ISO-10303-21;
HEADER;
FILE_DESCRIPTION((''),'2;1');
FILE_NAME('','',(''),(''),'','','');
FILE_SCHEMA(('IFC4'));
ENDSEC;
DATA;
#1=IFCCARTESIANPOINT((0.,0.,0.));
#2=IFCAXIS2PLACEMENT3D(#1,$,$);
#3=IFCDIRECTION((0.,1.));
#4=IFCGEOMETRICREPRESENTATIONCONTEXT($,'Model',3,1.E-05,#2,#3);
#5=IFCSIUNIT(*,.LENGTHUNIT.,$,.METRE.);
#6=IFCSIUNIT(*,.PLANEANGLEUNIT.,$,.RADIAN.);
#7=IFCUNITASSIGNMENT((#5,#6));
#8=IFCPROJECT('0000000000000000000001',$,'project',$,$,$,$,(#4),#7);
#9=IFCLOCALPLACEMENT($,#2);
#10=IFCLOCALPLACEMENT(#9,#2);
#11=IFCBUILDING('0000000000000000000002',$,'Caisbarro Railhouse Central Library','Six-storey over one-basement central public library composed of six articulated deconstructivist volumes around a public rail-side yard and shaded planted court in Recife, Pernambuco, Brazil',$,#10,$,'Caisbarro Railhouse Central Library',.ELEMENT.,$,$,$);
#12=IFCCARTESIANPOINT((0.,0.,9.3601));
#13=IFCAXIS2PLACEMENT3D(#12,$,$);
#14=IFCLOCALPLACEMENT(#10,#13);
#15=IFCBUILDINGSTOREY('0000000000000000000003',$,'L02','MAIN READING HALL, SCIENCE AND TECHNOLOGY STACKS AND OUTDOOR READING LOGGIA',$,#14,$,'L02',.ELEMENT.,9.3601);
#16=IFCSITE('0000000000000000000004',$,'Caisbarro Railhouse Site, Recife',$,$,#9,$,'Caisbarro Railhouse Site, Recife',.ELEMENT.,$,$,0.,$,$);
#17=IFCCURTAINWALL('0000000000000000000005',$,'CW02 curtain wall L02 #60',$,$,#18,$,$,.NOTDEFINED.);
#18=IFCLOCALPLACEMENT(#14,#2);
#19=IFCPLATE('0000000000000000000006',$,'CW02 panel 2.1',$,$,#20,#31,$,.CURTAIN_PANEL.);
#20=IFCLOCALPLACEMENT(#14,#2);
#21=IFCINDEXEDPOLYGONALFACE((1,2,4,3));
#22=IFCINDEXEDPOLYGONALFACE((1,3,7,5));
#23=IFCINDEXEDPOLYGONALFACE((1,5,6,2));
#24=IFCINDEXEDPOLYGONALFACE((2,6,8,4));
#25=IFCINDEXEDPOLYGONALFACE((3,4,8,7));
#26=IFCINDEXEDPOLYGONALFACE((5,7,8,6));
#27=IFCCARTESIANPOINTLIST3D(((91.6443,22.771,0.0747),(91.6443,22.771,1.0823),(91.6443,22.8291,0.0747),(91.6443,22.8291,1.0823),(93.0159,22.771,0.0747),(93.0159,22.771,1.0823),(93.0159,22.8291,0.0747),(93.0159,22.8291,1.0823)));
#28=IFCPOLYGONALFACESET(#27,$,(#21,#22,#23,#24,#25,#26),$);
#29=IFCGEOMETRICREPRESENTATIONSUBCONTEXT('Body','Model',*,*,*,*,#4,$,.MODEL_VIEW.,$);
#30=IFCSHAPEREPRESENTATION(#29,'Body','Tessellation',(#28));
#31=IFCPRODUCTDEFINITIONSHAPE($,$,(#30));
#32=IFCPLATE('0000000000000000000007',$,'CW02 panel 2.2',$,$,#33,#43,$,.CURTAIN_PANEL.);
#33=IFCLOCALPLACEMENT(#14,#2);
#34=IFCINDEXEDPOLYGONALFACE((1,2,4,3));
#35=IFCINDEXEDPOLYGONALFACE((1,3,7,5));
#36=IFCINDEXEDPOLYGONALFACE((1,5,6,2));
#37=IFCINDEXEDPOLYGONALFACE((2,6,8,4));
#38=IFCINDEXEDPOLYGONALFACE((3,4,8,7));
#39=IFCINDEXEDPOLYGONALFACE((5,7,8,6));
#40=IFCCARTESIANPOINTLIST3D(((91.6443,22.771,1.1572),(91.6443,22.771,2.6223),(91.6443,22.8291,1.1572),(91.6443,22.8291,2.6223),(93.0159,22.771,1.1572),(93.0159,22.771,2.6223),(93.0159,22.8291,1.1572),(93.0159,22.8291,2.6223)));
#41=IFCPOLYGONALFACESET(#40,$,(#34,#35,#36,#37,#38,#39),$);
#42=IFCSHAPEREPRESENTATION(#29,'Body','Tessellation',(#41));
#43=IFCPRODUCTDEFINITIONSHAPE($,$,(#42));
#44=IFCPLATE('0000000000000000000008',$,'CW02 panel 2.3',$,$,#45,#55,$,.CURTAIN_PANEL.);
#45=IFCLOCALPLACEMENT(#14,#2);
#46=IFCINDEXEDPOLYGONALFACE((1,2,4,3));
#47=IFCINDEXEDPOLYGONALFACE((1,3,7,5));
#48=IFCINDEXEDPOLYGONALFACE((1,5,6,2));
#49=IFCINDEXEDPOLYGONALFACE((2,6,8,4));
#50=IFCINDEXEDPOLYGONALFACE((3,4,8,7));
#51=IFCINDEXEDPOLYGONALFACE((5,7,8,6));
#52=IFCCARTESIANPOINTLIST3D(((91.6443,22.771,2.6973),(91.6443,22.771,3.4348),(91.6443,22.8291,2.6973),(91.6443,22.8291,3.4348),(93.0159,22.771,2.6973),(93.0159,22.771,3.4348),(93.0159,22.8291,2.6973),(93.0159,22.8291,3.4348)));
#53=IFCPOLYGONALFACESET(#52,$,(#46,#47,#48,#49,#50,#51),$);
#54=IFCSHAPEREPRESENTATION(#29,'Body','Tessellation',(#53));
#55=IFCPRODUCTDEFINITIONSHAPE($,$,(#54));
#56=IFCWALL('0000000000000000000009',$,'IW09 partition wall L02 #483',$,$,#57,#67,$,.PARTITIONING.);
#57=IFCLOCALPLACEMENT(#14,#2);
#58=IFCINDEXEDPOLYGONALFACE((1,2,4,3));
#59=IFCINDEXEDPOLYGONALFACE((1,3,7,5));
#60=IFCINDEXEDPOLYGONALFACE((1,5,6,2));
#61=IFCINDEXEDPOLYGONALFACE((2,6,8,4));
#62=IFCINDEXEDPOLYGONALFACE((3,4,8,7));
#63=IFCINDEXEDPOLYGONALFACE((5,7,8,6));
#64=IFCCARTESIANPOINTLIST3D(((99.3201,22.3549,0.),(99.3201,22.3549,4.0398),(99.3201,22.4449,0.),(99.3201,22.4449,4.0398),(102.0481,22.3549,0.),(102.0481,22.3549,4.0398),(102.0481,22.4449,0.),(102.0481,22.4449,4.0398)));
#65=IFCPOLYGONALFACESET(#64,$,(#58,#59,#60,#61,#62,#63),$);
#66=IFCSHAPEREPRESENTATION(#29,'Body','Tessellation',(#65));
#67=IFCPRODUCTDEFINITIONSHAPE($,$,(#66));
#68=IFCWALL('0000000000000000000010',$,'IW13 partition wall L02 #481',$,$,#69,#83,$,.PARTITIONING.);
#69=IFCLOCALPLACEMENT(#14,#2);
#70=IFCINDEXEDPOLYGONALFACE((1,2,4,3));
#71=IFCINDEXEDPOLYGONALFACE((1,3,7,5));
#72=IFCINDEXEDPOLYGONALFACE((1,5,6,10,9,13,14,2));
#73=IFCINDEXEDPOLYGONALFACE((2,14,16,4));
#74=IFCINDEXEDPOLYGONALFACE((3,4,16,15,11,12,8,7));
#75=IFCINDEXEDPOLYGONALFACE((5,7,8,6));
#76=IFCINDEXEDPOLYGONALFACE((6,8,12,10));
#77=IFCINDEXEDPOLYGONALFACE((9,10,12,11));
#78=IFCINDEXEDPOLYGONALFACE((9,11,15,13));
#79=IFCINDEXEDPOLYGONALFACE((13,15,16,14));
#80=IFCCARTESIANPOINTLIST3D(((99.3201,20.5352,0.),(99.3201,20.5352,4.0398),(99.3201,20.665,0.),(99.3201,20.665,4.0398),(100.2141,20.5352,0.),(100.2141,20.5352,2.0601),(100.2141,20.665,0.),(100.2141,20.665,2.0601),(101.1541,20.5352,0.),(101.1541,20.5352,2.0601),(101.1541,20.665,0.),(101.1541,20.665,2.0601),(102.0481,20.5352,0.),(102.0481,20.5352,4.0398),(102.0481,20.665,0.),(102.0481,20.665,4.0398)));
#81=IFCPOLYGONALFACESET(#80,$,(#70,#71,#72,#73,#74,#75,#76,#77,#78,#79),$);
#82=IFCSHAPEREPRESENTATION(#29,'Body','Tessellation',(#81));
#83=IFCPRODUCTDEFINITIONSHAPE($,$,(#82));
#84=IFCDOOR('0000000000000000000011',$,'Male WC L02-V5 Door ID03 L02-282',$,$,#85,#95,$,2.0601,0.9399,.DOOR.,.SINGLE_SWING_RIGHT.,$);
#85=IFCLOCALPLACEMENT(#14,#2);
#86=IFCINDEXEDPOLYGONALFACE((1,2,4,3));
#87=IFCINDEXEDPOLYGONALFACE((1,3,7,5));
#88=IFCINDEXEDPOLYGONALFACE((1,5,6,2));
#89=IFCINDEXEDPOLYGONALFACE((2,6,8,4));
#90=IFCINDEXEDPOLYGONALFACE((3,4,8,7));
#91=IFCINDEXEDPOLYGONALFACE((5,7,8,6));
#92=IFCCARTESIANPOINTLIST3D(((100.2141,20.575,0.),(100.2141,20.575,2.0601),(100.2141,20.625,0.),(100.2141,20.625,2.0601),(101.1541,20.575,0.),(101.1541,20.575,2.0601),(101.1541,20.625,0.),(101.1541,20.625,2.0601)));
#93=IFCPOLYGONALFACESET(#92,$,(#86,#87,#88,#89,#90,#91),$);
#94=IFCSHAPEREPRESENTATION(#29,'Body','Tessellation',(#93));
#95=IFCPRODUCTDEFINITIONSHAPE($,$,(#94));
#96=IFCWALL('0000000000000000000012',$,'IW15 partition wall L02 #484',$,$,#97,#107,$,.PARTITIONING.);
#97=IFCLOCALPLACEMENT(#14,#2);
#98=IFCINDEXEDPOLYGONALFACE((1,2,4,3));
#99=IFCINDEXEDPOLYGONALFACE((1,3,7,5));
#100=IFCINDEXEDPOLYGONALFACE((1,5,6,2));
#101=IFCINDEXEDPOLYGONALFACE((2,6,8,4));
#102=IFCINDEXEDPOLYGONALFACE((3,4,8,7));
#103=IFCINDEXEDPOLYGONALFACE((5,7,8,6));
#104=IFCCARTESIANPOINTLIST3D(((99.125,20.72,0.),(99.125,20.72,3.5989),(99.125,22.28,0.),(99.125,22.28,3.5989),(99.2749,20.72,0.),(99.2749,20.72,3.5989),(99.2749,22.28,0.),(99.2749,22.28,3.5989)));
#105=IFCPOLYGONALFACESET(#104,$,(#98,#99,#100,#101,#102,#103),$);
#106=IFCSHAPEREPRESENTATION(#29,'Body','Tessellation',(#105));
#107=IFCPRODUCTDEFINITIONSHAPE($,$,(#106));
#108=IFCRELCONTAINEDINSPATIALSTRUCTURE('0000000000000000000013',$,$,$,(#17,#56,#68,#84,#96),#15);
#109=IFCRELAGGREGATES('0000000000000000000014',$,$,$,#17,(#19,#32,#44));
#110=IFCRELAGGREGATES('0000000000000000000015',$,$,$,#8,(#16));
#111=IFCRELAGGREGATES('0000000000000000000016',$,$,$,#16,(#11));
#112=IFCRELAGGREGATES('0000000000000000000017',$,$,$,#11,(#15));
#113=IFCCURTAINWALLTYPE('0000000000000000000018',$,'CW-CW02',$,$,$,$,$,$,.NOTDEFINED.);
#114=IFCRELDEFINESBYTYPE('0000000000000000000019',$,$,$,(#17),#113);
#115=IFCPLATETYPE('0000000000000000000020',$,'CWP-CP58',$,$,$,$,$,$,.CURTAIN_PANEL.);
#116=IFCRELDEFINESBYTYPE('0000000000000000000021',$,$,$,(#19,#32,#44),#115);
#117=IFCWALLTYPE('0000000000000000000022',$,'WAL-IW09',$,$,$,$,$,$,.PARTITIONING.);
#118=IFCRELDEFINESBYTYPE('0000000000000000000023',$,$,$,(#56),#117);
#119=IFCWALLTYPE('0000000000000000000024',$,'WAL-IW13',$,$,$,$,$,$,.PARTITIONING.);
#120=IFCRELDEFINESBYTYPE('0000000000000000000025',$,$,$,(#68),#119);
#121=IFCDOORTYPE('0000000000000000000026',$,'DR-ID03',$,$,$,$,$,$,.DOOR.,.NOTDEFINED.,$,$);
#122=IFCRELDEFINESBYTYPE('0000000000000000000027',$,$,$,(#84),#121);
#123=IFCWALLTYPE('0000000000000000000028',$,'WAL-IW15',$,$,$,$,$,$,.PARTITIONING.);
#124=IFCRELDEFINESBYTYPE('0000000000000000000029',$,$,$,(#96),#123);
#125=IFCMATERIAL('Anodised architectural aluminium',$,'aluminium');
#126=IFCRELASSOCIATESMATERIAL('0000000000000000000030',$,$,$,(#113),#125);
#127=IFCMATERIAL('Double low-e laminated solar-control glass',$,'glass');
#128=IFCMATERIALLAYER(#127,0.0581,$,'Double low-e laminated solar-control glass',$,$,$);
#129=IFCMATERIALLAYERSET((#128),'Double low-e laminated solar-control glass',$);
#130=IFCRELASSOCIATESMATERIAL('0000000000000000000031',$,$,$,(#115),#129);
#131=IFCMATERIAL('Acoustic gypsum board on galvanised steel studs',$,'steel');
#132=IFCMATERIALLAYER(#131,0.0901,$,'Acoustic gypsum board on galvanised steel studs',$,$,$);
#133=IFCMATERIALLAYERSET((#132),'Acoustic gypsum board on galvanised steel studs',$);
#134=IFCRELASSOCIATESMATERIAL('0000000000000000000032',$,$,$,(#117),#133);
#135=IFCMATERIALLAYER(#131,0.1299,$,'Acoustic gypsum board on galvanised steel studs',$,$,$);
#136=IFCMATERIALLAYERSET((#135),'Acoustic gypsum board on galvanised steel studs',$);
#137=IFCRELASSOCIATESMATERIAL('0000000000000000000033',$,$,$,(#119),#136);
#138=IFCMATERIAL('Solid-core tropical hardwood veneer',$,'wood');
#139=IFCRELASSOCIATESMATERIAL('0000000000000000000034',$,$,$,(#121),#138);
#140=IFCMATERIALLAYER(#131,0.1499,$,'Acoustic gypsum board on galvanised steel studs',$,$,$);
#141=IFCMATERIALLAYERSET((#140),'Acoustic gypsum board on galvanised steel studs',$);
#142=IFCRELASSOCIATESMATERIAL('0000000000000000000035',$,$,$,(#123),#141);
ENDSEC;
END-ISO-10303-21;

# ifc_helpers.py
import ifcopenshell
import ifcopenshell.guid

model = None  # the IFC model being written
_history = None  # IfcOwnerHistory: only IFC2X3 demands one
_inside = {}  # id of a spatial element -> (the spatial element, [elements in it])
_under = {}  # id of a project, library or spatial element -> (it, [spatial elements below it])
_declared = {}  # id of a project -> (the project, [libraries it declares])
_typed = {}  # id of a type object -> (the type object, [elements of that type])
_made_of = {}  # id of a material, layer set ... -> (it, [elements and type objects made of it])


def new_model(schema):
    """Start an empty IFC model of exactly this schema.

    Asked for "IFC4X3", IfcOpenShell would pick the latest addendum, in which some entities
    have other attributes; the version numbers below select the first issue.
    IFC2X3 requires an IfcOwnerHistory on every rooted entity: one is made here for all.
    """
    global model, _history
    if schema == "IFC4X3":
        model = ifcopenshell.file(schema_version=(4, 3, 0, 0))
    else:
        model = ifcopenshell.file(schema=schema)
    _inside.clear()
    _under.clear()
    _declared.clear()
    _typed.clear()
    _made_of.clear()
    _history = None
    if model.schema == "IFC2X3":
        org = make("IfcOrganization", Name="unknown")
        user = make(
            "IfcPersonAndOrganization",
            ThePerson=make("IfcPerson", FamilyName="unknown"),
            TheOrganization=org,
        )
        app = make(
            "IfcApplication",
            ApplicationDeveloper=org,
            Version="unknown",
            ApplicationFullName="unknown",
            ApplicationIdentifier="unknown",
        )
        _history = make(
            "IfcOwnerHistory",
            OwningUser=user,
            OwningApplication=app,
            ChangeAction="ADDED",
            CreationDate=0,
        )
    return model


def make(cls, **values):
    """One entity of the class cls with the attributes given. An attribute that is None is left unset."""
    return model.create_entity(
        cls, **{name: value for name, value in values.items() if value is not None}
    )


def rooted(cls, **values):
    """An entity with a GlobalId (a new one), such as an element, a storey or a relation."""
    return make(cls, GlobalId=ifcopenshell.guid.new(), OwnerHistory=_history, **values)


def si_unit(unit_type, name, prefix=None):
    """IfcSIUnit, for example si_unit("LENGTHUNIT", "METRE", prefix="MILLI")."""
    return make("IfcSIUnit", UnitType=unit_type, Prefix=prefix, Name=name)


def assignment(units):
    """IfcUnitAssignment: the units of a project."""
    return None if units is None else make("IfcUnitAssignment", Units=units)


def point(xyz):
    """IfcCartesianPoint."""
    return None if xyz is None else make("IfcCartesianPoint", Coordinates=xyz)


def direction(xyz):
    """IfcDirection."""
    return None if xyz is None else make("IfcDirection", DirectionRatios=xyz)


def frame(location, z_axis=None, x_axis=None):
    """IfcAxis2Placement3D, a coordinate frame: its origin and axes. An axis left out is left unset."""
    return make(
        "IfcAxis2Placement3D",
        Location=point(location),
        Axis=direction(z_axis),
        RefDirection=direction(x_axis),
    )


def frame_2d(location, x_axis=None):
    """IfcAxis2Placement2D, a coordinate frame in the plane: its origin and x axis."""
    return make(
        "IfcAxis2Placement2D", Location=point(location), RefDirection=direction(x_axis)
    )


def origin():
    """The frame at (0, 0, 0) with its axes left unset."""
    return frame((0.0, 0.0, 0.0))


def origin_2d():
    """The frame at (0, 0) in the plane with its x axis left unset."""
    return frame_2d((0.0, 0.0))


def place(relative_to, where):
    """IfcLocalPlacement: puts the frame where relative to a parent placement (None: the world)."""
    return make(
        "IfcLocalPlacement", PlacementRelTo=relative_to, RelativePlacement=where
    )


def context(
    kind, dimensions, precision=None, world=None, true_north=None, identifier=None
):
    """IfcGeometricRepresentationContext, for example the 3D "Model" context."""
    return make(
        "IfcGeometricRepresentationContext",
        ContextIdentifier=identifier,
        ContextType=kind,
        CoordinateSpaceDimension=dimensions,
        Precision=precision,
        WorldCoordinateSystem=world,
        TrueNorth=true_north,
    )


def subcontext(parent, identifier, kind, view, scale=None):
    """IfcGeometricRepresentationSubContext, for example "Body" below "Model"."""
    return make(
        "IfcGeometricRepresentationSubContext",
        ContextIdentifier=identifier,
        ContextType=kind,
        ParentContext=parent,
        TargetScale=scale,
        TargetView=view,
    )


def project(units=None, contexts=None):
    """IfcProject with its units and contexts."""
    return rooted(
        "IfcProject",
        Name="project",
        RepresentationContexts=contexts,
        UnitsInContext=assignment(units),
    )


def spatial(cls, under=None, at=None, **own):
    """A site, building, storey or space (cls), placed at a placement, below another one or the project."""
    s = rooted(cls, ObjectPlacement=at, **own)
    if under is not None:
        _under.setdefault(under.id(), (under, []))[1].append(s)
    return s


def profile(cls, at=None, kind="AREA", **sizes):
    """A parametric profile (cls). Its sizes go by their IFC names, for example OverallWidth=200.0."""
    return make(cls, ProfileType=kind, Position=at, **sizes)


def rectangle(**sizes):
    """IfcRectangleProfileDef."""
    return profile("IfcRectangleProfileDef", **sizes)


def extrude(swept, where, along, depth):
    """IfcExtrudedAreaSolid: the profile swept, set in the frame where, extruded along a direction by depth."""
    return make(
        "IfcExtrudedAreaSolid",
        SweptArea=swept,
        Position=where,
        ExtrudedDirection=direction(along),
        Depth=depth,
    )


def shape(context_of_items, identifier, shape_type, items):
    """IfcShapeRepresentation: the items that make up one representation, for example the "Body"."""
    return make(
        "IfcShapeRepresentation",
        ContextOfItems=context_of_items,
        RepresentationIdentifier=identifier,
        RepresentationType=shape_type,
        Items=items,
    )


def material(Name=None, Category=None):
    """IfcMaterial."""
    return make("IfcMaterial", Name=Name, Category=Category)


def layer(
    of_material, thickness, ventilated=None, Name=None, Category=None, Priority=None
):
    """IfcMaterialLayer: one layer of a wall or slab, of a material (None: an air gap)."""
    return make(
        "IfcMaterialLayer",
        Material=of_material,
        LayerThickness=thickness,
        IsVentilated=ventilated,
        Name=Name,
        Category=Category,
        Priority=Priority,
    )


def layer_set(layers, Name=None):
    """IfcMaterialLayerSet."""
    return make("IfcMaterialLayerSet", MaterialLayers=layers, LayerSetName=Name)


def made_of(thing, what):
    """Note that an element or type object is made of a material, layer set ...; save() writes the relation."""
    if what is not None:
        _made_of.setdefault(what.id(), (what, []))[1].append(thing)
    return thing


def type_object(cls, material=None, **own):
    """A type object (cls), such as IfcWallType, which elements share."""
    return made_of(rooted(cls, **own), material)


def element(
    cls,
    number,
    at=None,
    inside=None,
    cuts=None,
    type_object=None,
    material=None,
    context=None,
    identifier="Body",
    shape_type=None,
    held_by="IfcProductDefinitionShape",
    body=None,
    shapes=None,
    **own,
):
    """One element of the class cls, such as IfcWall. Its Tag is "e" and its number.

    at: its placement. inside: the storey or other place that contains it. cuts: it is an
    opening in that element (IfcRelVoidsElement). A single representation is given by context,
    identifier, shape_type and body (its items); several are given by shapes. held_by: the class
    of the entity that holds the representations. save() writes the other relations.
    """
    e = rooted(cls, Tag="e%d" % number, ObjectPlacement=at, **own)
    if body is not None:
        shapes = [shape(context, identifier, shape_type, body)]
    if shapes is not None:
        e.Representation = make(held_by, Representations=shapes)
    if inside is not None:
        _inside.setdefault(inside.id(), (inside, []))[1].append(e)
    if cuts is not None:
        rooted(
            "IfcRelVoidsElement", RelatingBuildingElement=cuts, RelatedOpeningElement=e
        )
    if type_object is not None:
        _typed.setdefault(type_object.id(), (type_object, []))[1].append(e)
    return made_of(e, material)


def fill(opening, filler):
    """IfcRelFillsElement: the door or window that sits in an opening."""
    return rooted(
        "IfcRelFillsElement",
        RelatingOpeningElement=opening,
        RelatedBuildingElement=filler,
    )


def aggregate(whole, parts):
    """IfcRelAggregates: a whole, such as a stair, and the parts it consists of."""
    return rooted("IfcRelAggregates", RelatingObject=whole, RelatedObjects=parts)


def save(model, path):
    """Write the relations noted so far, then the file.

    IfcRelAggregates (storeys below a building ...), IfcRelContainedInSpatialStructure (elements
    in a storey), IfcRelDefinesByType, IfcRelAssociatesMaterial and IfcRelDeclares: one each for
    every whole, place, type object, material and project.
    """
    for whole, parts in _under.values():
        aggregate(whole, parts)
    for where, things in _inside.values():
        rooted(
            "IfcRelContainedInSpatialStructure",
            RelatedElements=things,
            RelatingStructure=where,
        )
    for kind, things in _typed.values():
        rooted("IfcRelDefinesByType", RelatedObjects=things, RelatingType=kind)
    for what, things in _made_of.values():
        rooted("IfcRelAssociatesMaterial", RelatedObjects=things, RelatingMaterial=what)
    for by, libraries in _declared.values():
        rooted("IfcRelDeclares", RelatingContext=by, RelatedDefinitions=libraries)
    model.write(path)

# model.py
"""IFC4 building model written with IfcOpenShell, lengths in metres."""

from ifc_helpers import new_model, si_unit, direction, frame, frame_2d, origin, origin_2d, place, context, subcontext, project, spatial, rectangle, extrude, material, layer, layer_set, type_object, element, fill, aggregate, save


model = new_model("IFC4")

# Units and contexts
model_context = context("Model", 3, precision=1e-05, world=origin(), true_north=direction((0.0, 1.0)))
body_context = subcontext(model_context, "Body", "Model", "MODEL_VIEW")
ifc_project = project(units=[si_unit("LENGTHUNIT", "METRE"), si_unit("PLANEANGLEUNIT", "RADIAN")], contexts=[model_context])

# Site, building, storey
site_placement = place(None, origin())
site = spatial("IfcSite", under=ifc_project, at=site_placement, Name="Caisbarro Railhouse Site, Recife", LongName="Caisbarro Railhouse Site, Recife", CompositionType="ELEMENT", RefElevation=0.0)
building_placement = place(site_placement, origin())
building = spatial("IfcBuilding", under=site, at=building_placement, Name="Caisbarro Railhouse Central Library", Description="Six-storey over one-basement central public library composed of six articulated deconstructivist volumes around a public rail-side yard and shaded planted court in Recife, Pernambuco, Brazil", LongName="Caisbarro Railhouse Central Library", CompositionType="ELEMENT")
storey_placement = place(building_placement, frame((0.0, 0.0, 9.3601)))
storey = spatial("IfcBuildingStorey", under=building, at=storey_placement, Name="L02", Description="MAIN READING HALL, SCIENCE AND TECHNOLOGY STACKS AND OUTDOOR READING LOGGIA", LongName="L02", CompositionType="ELEMENT", Elevation=9.3601)

# Curtain wall, plates
ifc_material_1 = material(Name="Anodised architectural aluminium", Category="aluminium")
curtain_wall_type = type_object("IfcCurtainWallType", Name="CW-CW02", PredefinedType="NOTDEFINED", material=ifc_material_1)
curtain_wall_placement = place(storey_placement, origin())
curtain_wall = element("IfcCurtainWall", 1, at=curtain_wall_placement, inside=storey, type_object=curtain_wall_type, Name="CW02 curtain wall L02 #60", PredefinedType="NOTDEFINED")
ifc_material_2 = material(Name="Double low-e laminated solar-control glass", Category="glass")
ifc_layer_1 = layer(ifc_material_2, 0.0581, Name="Double low-e laminated solar-control glass")
ifc_layer_set_1 = layer_set([ifc_layer_1], Name="Double low-e laminated solar-control glass")
plate_type = type_object("IfcPlateType", Name="CWP-CP58", PredefinedType="CURTAIN_PANEL", material=ifc_layer_set_1)
plate_1_placement = place(storey_placement, frame((92.3301, 22.8, 0.0747), z_axis=(0.0, 0.0, 1.0), x_axis=(1.0, 0.0, 0.0)))
plate_1 = element("IfcPlate", 2, at=plate_1_placement, type_object=plate_type, Name="CW02 panel 2.1", PredefinedType="CURTAIN_PANEL", context=body_context, shape_type="SweptSolid", body=[
    extrude(rectangle(XDim=1.3716, YDim=0.0581, at=origin_2d()), origin(), (0.0, 0.0, 1.0), 1.0076),
])
plate_2_placement = place(storey_placement, frame((92.3301, 22.8, 1.1572), z_axis=(0.0, 0.0, 1.0), x_axis=(1.0, 0.0, 0.0)))
plate_2 = element("IfcPlate", 3, at=plate_2_placement, type_object=plate_type, Name="CW02 panel 2.2", PredefinedType="CURTAIN_PANEL", context=body_context, shape_type="SweptSolid", body=[
    extrude(rectangle(XDim=1.3716, YDim=0.0581, at=origin_2d()), origin(), (0.0, 0.0, 1.0), 1.4651),
])
plate_3_placement = place(storey_placement, frame((92.3301, 22.8, 2.6973), z_axis=(0.0, 0.0, 1.0), x_axis=(1.0, 0.0, 0.0)))
plate_3 = element("IfcPlate", 4, at=plate_3_placement, type_object=plate_type, Name="CW02 panel 2.3", PredefinedType="CURTAIN_PANEL", context=body_context, shape_type="SweptSolid", body=[
    extrude(rectangle(XDim=1.3716, YDim=0.0581, at=origin_2d()), origin(), (0.0, 0.0, 1.0), 0.7375),
])
aggregate(curtain_wall, [plate_1, plate_2, plate_3])

# Wall
ifc_material_3 = material(Name="Acoustic gypsum board on galvanised steel studs", Category="steel")
ifc_layer_2 = layer(ifc_material_3, 0.0901, Name="Acoustic gypsum board on galvanised steel studs")
ifc_layer_set_2 = layer_set([ifc_layer_2], Name="Acoustic gypsum board on galvanised steel studs")
wall_type_1 = type_object("IfcWallType", Name="WAL-IW09", PredefinedType="PARTITIONING", material=ifc_layer_set_2)
wall_1_placement = place(storey_placement, frame((99.3201, 22.3999, 0.0), z_axis=(0.0, 0.0, 1.0), x_axis=(1.0, 0.0, 0.0)))
element("IfcWall", 5, at=wall_1_placement, inside=storey, type_object=wall_type_1, Name="IW09 partition wall L02 #483", PredefinedType="PARTITIONING", context=body_context, shape_type="SweptSolid", body=[
    extrude(rectangle(XDim=2.728, YDim=0.0901, at=frame_2d((1.364, 0.0))), origin(), (0.0, 0.0, 1.0), 4.0398),
])

# Wall, opening, door
ifc_layer_3 = layer(ifc_material_3, 0.1299, Name="Acoustic gypsum board on galvanised steel studs")
ifc_layer_set_3 = layer_set([ifc_layer_3], Name="Acoustic gypsum board on galvanised steel studs")
wall_type_2 = type_object("IfcWallType", Name="WAL-IW13", PredefinedType="PARTITIONING", material=ifc_layer_set_3)
wall_2_placement = place(storey_placement, frame((99.3201, 20.6001, 0.0), z_axis=(0.0, 0.0, 1.0), x_axis=(1.0, 0.0, 0.0)))
wall_2 = element("IfcWall", 6, at=wall_2_placement, inside=storey, type_object=wall_type_2, Name="IW13 partition wall L02 #481", PredefinedType="PARTITIONING", context=body_context, shape_type="SweptSolid", body=[
    extrude(rectangle(XDim=2.728, YDim=0.1299, at=frame_2d((1.364, 0.0))), origin(), (0.0, 0.0, 1.0), 4.0398),
])
opening_placement = place(wall_2_placement, frame((0.894, 0.0, 0.0)))
opening = element("IfcOpeningElement", 7, at=opening_placement, cuts=wall_2, PredefinedType="OPENING", context=body_context, shape_type="SweptSolid", body=[
    extrude(rectangle(XDim=0.9399, YDim=2.0601, at=frame_2d((0.47, 1.03))), frame((0.0, 0.075, 0.0), z_axis=(0.0, -1.0, 0.0), x_axis=(1.0, 0.0, 0.0)), (0.0, 0.0, 1.0), 0.1499),
])
ifc_material_4 = material(Name="Solid-core tropical hardwood veneer", Category="wood")
door_type = type_object("IfcDoorType", Name="DR-ID03", OperationType="NOTDEFINED", PredefinedType="DOOR", material=ifc_material_4)
door_placement = place(opening_placement, origin())
door = element("IfcDoor", 8, at=door_placement, inside=storey, type_object=door_type, Name="Male WC L02-V5 Door ID03 L02-282", OperationType="SINGLE_SWING_RIGHT", OverallHeight=2.0601, OverallWidth=0.9399, PredefinedType="DOOR", context=body_context, shape_type="SweptSolid", body=[
    extrude(rectangle(XDim=0.9399, YDim=2.0601, at=frame_2d((0.47, 1.03))), frame((0.0, 0.0249, 0.0), z_axis=(0.0, -1.0, 0.0), x_axis=(1.0, 0.0, 0.0)), (0.0, 0.0, 1.0), 0.05),
])
fill(opening, door)

# Wall
ifc_layer_4 = layer(ifc_material_3, 0.1499, Name="Acoustic gypsum board on galvanised steel studs")
ifc_layer_set_4 = layer_set([ifc_layer_4], Name="Acoustic gypsum board on galvanised steel studs")
wall_type_3 = type_object("IfcWallType", Name="WAL-IW15", PredefinedType="PARTITIONING", material=ifc_layer_set_4)
wall_3_placement = place(storey_placement, frame((99.2, 20.72, 0.0), z_axis=(0.0, 0.0, 1.0), x_axis=(0.0, 1.0, 0.0)))
element("IfcWall", 9, at=wall_3_placement, inside=storey, type_object=wall_type_3, Name="IW15 partition wall L02 #484", PredefinedType="PARTITIONING", context=body_context, shape_type="SweptSolid", body=[
    extrude(rectangle(XDim=1.5601, YDim=0.1499, at=frame_2d((0.78, 0.0))), origin(), (0.0, 0.0, 1.0), 3.5989),
])

save(model, "model.ifc")
